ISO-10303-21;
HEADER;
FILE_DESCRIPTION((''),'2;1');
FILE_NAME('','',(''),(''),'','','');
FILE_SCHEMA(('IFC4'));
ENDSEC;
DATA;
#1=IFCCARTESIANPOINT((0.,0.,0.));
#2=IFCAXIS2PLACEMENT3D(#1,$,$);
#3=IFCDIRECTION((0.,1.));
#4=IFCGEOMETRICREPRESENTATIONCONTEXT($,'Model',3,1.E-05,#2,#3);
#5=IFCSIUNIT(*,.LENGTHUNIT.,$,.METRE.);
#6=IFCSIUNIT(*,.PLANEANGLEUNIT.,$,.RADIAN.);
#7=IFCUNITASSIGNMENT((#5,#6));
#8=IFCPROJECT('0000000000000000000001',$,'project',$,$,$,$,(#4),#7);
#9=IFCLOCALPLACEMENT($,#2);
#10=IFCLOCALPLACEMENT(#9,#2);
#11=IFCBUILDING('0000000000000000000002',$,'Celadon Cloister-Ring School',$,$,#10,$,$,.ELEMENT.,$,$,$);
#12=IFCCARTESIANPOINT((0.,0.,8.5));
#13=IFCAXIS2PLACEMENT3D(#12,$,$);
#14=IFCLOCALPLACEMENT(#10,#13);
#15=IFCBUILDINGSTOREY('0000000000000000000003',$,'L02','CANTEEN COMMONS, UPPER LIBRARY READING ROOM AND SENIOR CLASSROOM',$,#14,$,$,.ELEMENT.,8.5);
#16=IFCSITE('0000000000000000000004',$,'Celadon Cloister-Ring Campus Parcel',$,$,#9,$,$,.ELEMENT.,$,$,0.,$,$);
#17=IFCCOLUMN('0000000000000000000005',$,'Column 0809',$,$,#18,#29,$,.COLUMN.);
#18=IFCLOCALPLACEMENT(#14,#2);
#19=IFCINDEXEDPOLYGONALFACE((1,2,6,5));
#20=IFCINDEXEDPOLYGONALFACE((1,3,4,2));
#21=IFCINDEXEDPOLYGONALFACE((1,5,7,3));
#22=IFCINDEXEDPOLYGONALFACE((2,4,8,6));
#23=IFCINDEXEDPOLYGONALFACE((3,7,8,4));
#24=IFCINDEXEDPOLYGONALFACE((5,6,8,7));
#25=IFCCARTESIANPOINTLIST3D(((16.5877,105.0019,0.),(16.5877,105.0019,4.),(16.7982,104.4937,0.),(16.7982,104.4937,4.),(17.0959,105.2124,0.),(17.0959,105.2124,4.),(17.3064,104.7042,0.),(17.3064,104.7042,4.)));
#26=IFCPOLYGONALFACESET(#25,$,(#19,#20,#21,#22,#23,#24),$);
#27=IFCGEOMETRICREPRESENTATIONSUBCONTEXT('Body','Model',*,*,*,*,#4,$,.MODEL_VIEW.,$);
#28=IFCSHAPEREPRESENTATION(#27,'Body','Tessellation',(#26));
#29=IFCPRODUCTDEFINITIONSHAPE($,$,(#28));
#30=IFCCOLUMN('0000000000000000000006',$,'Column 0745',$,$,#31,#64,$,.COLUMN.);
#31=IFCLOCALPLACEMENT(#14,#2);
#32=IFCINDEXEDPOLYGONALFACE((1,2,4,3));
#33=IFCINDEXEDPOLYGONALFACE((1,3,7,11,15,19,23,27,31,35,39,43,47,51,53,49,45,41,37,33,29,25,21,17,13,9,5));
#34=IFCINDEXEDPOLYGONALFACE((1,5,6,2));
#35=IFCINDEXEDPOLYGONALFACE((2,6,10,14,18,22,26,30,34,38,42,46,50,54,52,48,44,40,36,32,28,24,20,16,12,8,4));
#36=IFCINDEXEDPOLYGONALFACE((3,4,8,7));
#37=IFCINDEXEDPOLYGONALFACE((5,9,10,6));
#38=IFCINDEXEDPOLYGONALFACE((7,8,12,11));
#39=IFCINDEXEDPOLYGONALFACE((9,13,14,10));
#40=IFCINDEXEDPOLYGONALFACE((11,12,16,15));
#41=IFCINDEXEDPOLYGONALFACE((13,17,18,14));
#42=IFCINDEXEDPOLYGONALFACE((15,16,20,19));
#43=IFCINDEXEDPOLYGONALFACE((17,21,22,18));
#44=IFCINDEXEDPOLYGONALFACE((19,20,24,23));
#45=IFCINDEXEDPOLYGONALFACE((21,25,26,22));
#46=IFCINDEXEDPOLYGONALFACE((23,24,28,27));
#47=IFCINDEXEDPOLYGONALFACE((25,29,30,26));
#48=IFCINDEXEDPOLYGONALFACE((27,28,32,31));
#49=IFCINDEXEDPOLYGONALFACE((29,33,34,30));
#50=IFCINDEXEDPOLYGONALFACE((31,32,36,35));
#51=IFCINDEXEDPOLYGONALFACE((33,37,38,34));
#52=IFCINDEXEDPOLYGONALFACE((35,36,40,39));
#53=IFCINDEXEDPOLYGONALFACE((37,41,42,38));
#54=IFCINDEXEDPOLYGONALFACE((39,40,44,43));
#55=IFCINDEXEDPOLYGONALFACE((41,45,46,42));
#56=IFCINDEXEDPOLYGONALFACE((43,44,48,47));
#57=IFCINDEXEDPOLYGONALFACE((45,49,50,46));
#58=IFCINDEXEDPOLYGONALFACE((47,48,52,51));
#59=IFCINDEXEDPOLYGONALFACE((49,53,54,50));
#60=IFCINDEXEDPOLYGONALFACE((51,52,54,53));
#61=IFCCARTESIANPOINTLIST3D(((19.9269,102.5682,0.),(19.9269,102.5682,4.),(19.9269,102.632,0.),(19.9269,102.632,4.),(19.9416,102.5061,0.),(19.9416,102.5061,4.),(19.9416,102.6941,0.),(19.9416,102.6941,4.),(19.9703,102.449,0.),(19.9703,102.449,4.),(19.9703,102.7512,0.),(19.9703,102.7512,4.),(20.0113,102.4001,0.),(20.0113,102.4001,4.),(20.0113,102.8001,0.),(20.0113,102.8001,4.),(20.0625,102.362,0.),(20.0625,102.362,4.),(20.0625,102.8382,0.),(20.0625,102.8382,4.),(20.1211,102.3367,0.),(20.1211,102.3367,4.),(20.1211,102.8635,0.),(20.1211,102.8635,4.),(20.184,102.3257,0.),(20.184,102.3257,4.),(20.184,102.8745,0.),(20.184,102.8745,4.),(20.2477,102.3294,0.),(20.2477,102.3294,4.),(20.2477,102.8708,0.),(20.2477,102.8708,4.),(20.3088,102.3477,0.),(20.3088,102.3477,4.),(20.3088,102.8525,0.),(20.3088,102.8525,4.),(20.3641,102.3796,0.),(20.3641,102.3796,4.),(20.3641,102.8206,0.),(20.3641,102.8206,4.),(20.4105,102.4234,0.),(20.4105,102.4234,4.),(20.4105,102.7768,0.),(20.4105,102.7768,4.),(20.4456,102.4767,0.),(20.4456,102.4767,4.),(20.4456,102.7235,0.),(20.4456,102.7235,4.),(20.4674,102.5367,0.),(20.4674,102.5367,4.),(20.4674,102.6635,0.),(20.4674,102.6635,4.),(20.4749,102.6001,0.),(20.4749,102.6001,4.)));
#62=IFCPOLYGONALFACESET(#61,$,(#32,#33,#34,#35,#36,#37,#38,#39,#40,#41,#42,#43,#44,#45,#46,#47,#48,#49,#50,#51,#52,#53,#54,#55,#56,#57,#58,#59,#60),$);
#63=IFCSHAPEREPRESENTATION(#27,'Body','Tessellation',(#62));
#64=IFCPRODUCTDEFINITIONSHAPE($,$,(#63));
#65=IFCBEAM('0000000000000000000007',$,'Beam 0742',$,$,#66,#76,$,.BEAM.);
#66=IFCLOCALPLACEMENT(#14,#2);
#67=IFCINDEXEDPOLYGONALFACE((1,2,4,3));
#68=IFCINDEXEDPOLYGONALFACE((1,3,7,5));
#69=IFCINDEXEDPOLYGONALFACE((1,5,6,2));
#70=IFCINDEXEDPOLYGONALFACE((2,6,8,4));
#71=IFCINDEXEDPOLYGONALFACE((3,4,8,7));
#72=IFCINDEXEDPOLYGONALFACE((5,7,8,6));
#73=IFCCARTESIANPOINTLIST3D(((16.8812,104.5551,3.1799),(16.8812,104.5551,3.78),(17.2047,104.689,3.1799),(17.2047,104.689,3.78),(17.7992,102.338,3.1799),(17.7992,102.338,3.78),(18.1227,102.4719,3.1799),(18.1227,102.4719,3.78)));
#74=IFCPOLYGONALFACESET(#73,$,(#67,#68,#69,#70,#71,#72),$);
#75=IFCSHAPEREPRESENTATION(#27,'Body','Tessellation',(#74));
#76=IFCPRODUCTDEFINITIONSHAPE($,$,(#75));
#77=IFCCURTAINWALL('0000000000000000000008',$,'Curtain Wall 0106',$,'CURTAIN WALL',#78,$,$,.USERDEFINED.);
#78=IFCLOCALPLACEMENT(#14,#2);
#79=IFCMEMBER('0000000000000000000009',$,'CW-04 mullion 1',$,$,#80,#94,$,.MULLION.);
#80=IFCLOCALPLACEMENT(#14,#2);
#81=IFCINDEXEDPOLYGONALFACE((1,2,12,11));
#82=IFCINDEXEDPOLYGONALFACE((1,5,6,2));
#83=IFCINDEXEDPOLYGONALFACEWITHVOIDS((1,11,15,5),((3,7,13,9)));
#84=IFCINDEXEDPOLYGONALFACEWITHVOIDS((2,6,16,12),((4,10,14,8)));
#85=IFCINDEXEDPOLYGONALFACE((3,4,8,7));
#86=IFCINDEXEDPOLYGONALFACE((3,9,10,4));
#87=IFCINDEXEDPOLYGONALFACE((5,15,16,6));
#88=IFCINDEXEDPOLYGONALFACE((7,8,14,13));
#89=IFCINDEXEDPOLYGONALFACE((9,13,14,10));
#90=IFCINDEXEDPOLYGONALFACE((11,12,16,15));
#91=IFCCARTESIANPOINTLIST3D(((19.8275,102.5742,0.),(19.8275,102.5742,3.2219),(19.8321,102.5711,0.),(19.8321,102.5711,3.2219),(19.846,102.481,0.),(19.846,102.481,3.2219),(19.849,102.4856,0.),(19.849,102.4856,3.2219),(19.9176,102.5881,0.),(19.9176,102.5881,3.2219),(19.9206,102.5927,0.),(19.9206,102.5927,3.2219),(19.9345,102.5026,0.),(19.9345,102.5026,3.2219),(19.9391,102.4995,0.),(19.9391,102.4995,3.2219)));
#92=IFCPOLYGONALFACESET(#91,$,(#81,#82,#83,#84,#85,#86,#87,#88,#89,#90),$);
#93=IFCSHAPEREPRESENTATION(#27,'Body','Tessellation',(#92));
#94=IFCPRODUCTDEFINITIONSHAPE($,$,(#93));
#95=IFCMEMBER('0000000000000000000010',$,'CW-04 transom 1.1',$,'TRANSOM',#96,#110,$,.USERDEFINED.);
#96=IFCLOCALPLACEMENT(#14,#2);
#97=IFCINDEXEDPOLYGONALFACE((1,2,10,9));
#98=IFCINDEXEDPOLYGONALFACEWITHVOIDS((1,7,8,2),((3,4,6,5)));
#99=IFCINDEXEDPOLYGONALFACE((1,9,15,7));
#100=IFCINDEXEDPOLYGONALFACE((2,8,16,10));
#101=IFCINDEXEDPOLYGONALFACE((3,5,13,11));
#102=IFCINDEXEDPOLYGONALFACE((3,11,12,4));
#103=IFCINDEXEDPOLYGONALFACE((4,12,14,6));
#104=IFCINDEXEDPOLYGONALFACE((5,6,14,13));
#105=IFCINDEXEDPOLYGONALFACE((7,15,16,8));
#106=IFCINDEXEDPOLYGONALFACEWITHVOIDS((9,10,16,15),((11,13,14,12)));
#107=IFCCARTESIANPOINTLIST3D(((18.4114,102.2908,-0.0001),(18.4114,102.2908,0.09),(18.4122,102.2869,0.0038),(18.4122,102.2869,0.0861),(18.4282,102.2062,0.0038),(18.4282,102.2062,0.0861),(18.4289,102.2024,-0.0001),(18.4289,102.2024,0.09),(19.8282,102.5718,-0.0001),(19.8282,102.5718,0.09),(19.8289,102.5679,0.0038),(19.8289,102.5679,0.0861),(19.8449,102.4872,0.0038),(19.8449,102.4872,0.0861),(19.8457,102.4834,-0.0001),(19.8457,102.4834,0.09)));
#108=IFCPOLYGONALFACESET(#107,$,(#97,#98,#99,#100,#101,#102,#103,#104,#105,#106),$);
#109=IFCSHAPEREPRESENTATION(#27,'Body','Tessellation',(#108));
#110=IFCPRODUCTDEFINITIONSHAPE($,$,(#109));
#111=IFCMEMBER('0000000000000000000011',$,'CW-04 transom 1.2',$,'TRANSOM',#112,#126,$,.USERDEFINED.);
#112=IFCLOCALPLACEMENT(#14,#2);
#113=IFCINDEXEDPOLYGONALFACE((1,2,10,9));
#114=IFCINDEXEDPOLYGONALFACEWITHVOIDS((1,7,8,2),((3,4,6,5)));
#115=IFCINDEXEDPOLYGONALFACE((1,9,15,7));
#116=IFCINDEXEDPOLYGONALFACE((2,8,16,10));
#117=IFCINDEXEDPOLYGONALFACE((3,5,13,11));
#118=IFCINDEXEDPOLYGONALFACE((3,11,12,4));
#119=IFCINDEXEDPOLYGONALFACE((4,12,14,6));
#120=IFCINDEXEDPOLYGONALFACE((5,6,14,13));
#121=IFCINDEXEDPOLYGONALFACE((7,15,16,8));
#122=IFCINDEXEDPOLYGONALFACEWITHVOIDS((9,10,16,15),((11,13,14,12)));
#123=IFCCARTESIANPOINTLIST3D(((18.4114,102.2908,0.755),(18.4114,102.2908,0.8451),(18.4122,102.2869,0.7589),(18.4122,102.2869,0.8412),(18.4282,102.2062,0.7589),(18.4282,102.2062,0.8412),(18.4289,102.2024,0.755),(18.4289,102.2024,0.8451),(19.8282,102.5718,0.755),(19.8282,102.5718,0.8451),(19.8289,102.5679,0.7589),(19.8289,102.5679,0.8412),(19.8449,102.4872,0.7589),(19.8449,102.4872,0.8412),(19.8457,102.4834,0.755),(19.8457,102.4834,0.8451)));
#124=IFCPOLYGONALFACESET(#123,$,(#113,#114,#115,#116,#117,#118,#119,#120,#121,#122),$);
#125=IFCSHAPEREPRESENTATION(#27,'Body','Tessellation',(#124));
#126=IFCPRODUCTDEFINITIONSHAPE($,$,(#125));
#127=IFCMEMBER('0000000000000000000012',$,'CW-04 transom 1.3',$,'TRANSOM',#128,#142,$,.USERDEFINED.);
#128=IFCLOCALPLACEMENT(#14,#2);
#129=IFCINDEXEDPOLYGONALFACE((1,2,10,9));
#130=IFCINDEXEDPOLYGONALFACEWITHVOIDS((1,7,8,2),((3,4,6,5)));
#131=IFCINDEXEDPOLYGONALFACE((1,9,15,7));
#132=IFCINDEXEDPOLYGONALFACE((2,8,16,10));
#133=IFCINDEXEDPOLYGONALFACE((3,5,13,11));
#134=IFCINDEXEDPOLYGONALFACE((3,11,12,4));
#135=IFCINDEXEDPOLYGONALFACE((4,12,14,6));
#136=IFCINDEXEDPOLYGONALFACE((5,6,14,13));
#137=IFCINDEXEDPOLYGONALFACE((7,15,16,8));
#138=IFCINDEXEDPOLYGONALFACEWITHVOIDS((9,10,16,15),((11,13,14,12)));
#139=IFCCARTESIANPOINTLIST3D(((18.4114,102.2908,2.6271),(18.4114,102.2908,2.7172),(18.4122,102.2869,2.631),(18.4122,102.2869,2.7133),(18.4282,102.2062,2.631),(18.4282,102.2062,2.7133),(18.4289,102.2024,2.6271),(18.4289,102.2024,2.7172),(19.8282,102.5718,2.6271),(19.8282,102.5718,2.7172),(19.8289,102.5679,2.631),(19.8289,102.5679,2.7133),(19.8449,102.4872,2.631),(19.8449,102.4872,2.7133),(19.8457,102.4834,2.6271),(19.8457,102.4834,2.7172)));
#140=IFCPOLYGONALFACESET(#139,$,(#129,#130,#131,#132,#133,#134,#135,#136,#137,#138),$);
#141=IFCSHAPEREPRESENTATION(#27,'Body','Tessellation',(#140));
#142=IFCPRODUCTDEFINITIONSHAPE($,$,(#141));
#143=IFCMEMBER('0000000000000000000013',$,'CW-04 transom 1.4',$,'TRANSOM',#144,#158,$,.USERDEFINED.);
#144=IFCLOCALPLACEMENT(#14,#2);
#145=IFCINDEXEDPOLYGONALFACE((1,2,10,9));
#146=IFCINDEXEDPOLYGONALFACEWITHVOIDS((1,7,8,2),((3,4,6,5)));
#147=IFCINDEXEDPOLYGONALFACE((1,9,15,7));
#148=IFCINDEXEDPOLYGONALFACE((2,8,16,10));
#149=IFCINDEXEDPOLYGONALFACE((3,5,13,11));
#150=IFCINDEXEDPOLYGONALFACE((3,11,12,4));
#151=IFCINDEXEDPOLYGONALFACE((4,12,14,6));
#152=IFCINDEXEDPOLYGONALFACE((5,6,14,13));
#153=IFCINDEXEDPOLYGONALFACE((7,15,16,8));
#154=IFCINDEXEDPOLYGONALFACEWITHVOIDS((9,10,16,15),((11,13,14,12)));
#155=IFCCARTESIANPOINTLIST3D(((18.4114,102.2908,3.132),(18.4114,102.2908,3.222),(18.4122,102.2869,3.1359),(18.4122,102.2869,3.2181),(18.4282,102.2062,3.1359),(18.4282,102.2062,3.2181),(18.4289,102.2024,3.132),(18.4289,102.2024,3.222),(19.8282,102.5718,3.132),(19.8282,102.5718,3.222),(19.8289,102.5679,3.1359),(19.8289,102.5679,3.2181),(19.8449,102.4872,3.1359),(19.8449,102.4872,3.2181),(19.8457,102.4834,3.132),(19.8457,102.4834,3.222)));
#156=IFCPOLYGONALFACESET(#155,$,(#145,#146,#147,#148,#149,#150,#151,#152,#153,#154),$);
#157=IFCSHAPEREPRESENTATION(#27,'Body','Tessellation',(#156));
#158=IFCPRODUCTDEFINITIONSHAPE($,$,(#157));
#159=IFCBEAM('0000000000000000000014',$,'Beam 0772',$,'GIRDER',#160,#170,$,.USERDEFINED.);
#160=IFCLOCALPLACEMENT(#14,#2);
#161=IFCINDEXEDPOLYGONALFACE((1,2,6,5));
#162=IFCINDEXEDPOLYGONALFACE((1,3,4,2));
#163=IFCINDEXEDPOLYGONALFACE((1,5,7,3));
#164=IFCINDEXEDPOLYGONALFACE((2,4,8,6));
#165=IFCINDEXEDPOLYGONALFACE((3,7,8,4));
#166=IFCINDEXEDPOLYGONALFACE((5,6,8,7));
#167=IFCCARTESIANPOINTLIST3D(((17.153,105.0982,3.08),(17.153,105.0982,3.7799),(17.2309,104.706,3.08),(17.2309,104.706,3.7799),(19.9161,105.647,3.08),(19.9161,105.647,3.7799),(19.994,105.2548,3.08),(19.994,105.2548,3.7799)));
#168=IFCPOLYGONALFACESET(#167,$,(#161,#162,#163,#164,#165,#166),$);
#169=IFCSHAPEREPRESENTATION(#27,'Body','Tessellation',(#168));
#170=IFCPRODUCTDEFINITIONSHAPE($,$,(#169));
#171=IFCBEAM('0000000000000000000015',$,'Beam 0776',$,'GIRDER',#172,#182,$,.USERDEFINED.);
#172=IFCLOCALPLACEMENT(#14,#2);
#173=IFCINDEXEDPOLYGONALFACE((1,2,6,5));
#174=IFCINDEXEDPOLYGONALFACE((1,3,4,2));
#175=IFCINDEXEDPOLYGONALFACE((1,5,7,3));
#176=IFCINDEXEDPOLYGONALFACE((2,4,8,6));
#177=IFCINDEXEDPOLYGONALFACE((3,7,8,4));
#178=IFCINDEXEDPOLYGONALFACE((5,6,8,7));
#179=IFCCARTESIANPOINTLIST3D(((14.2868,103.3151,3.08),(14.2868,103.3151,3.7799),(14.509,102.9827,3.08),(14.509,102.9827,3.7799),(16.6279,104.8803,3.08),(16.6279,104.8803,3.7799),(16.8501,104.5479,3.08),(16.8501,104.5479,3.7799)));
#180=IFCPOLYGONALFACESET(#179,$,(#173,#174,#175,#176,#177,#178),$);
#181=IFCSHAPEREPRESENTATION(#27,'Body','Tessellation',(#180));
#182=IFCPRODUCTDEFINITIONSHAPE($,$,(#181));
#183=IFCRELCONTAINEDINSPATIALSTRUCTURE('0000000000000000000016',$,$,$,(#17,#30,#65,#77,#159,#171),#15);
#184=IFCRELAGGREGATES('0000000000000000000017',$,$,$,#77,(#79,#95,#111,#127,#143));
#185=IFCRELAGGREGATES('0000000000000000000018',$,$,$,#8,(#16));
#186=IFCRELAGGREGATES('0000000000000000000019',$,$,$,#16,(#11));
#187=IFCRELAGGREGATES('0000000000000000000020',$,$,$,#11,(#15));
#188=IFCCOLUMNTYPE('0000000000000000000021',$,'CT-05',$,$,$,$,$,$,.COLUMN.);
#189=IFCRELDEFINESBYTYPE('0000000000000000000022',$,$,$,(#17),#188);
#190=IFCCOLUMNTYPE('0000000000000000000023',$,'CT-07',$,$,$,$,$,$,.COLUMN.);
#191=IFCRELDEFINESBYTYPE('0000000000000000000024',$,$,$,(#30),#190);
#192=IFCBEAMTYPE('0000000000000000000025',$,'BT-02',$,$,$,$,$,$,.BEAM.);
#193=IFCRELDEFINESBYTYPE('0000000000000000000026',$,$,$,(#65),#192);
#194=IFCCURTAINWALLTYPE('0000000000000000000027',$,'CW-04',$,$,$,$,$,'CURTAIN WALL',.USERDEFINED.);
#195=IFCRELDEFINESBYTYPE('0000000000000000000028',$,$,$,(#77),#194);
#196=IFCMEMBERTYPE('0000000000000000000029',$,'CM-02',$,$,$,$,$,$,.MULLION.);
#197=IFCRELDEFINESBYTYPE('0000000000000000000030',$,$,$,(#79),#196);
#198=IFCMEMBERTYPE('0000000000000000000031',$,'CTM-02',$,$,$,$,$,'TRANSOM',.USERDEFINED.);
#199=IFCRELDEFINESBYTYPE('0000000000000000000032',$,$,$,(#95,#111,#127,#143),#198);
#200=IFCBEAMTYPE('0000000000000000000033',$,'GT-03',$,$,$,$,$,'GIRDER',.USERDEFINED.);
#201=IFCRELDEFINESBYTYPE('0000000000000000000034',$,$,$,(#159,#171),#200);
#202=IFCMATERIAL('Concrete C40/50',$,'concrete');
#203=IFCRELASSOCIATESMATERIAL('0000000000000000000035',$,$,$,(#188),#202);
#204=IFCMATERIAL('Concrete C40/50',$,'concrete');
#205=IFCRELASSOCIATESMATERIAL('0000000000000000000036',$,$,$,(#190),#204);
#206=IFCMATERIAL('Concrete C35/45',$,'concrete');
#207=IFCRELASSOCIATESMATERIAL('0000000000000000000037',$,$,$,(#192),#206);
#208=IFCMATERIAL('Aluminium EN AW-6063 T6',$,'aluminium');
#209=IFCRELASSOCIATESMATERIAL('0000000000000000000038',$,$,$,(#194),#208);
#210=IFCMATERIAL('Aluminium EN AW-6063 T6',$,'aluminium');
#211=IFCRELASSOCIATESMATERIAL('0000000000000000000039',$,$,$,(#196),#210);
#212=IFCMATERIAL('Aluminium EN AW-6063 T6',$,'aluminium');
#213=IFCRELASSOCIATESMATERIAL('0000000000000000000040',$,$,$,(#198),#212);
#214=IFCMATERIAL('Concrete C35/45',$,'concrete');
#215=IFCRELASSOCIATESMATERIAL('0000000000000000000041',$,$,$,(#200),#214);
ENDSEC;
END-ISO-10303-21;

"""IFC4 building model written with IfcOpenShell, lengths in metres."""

from ifc_helpers import new_model, si_unit, direction, frame, origin, origin_2d, place, context, subcontext, project, spatial, rectangle, hollow_rectangle, circle, extrude, material, material_profile, profile_set, type_object, element, aggregate, save


model = new_model("IFC4")

# Units and contexts
model_context = context("Model", 3, precision=1e-05, world=origin(), true_north=direction((0.0, 1.0)))
body_context = subcontext(model_context, "Body", "Model", "MODEL_VIEW")
ifc_project = project(units=[si_unit("LENGTHUNIT", "METRE"), si_unit("PLANEANGLEUNIT", "RADIAN")], contexts=[model_context])

# Site, building, storey
site_placement = place(None, origin())
site = spatial("IfcSite", under=ifc_project, at=site_placement, Name="Celadon Cloister-Ring Campus Parcel", CompositionType="ELEMENT", RefElevation=0.0)
building_placement = place(site_placement, origin())
building = spatial("IfcBuilding", under=site, at=building_placement, Name="Celadon Cloister-Ring School", CompositionType="ELEMENT")
storey_placement = place(building_placement, frame((0.0, 0.0, 8.5)))
storey = spatial("IfcBuildingStorey", under=building, at=storey_placement, Name="L02", Description="CANTEEN COMMONS, UPPER LIBRARY READING ROOM AND SENIOR CLASSROOM", CompositionType="ELEMENT", Elevation=8.5)

# Columns
ifc_material_1 = material(Name="Concrete C40/50", Category="concrete")
ifc_material_profile_1 = material_profile(ifc_material_1, rectangle(XDim=0.55, YDim=0.55, at=origin_2d()), Name="RC550X550")
ifc_profile_set_1 = profile_set([ifc_material_profile_1], Name="Concrete C40/50")
column_type_1 = type_object("IfcColumnType", Name="CT-05", PredefinedType="COLUMN", material=ifc_profile_set_1)
column_1_placement = place(storey_placement, frame((16.947, 104.853, 0.0), z_axis=(0.0, 0.0, 1.0), x_axis=(-0.382683, 0.92388, 0.0)))
element("IfcColumn", 1, at=column_1_placement, inside=storey, type_object=column_type_1, Name="Column 0809", PredefinedType="COLUMN", context=body_context, shape_type="SweptSolid", body=[
    extrude(rectangle(XDim=0.55, YDim=0.55, at=origin_2d()), origin(), (0.0, 0.0, 1.0), 4.0),
])
ifc_material_2 = material(Name="Concrete C40/50", Category="concrete")
ifc_material_profile_2 = material_profile(ifc_material_2, circle(Radius=0.2749, at=origin_2d()), Name="CIRC550")
ifc_profile_set_2 = profile_set([ifc_material_profile_2], Name="Concrete C40/50")
column_type_2 = type_object("IfcColumnType", Name="CT-07", PredefinedType="COLUMN", material=ifc_profile_set_2)
column_2_placement = place(storey_placement, frame((20.2, 102.6001, 0.0), z_axis=(0.0, 0.0, 1.0), x_axis=(1.0, 0.0, 0.0)))
element("IfcColumn", 2, at=column_2_placement, inside=storey, type_object=column_type_2, Name="Column 0745", PredefinedType="COLUMN", context=body_context, shape_type="SweptSolid", body=[
    extrude(circle(Radius=0.2749, at=origin_2d()), origin(), (0.0, 0.0, 1.0), 4.0),
])

# Beam
ifc_material_3 = material(Name="Concrete C35/45", Category="concrete")
ifc_material_profile_3 = material_profile(ifc_material_3, rectangle(XDim=0.3501, YDim=0.6001, at=origin_2d()), Name="RC350X600")
ifc_profile_set_3 = profile_set([ifc_material_profile_3], Name="Concrete C35/45")
beam_type_1 = type_object("IfcBeamType", Name="BT-02", PredefinedType="BEAM", material=ifc_profile_set_3)
beam_1_placement = place(storey_placement, frame((17.043, 104.6221, 3.48), z_axis=(0.382555, -0.923933, 0.0), x_axis=(0.923933, 0.382555, 0.0)))
element("IfcBeam", 3, at=beam_1_placement, inside=storey, type_object=beam_type_1, Name="Beam 0742", PredefinedType="BEAM", context=body_context, shape_type="SweptSolid", body=[
    extrude(rectangle(XDim=0.3501, YDim=0.6001, at=origin_2d()), origin(), (0.0, 0.0, 1.0), 2.3997),
])

# Curtain wall, members
ifc_material_4 = material(Name="Aluminium EN AW-6063 T6", Category="aluminium")
curtain_wall_type = type_object("IfcCurtainWallType", Name="CW-04", ElementType="CURTAIN WALL", PredefinedType="USERDEFINED", material=ifc_material_4)
curtain_wall_placement = place(storey_placement, origin())
curtain_wall = element("IfcCurtainWall", 4, at=curtain_wall_placement, inside=storey, type_object=curtain_wall_type, Name="Curtain Wall 0106", ObjectType="CURTAIN WALL", PredefinedType="USERDEFINED")
ifc_material_5 = material(Name="Aluminium EN AW-6063 T6", Category="aluminium")
ifc_material_profile_4 = material_profile(ifc_material_5, hollow_rectangle(XDim=0.095, YDim=0.095, WallThickness=0.0039, at=origin_2d()), Name="RHS95X95X4")
ifc_profile_set_4 = profile_set([ifc_material_profile_4], Name="Aluminium EN AW-6063 T6")
member_type_1 = type_object("IfcMemberType", Name="CM-02", PredefinedType="MULLION", material=ifc_profile_set_4)
member_1_placement = place(storey_placement, frame((19.8833, 102.5369, 0.0), z_axis=(0.0, 0.0, 1.0), x_axis=(0.194586, -0.980885, 0.0)))
member_1 = element("IfcMember", 5, at=member_1_placement, type_object=member_type_1, Name="CW-04 mullion 1", PredefinedType="MULLION", context=body_context, shape_type="SweptSolid", body=[
    extrude(hollow_rectangle(XDim=0.095, YDim=0.095, WallThickness=0.0039, at=origin_2d()), origin(), (0.0, 0.0, 1.0), 3.2219),
])
ifc_material_6 = material(Name="Aluminium EN AW-6063 T6", Category="aluminium")
ifc_material_profile_5 = material_profile(ifc_material_6, hollow_rectangle(XDim=0.0901, YDim=0.0901, WallThickness=0.0039, at=origin_2d()), Name="RHS90X90X4")
ifc_profile_set_5 = profile_set([ifc_material_profile_5], Name="Aluminium EN AW-6063 T6")
member_type_2 = type_object("IfcMemberType", Name="CTM-02", ElementType="TRANSOM", PredefinedType="USERDEFINED", material=ifc_profile_set_5)
member_2_placement = place(storey_placement, frame((19.8369, 102.5276, 0.0449), z_axis=(-0.980891, -0.194556, 0.0), x_axis=(0.194556, -0.980891, 0.0)))
member_2 = element("IfcMember", 6, at=member_2_placement, type_object=member_type_2, Name="CW-04 transom 1.1", ObjectType="TRANSOM", PredefinedType="USERDEFINED", context=body_context, shape_type="SweptSolid", body=[
    extrude(hollow_rectangle(XDim=0.0901, YDim=0.0901, WallThickness=0.0039, at=origin_2d()), origin(), (0.0, 0.0, 1.0), 1.4443),
])
member_3_placement = place(storey_placement, frame((19.8369, 102.5276, 0.8), z_axis=(-0.980891, -0.194556, 0.0), x_axis=(0.194556, -0.980891, 0.0)))
member_3 = element("IfcMember", 7, at=member_3_placement, type_object=member_type_2, Name="CW-04 transom 1.2", ObjectType="TRANSOM", PredefinedType="USERDEFINED", context=body_context, shape_type="SweptSolid", body=[
    extrude(hollow_rectangle(XDim=0.0901, YDim=0.0901, WallThickness=0.0039, at=origin_2d()), origin(), (0.0, 0.0, 1.0), 1.4443),
])
member_4_placement = place(storey_placement, frame((19.8369, 102.5276, 2.6721), z_axis=(-0.980891, -0.194556, 0.0), x_axis=(0.194556, -0.980891, 0.0)))
member_4 = element("IfcMember", 8, at=member_4_placement, type_object=member_type_2, Name="CW-04 transom 1.3", ObjectType="TRANSOM", PredefinedType="USERDEFINED", context=body_context, shape_type="SweptSolid", body=[
    extrude(hollow_rectangle(XDim=0.0901, YDim=0.0901, WallThickness=0.0039, at=origin_2d()), origin(), (0.0, 0.0, 1.0), 1.4443),
])
member_5_placement = place(storey_placement, frame((19.8369, 102.5276, 3.177), z_axis=(-0.980891, -0.194556, 0.0), x_axis=(0.194556, -0.980891, 0.0)))
member_5 = element("IfcMember", 9, at=member_5_placement, type_object=member_type_2, Name="CW-04 transom 1.4", ObjectType="TRANSOM", PredefinedType="USERDEFINED", context=body_context, shape_type="SweptSolid", body=[
    extrude(hollow_rectangle(XDim=0.0901, YDim=0.0901, WallThickness=0.0039, at=origin_2d()), origin(), (0.0, 0.0, 1.0), 1.4443),
])

# Beams
ifc_material_7 = material(Name="Concrete C35/45", Category="concrete")
ifc_material_profile_6 = material_profile(ifc_material_7, rectangle(XDim=0.3999, YDim=0.7, at=origin_2d()), Name="RC400X700")
ifc_profile_set_6 = profile_set([ifc_material_profile_6], Name="Concrete C35/45")
beam_type_2 = type_object("IfcBeamType", Name="GT-03", ElementType="GIRDER", PredefinedType="USERDEFINED", material=ifc_profile_set_6)
beam_2_placement = place(storey_placement, frame((19.9551, 105.4509, 3.4299), z_axis=(-0.98084, -0.194816, 0.0), x_axis=(0.194816, -0.98084, 0.0)))
element("IfcBeam", 10, at=beam_2_placement, inside=storey, type_object=beam_type_2, Name="Beam 0772", ObjectType="GIRDER", PredefinedType="USERDEFINED", context=body_context, shape_type="SweptSolid", body=[
    extrude(rectangle(XDim=0.3999, YDim=0.7, at=origin_2d()), origin(), (0.0, 0.0, 1.0), 2.8171),
])
beam_3_placement = place(storey_placement, frame((16.739, 104.7141, 3.4299), z_axis=(-0.831316, -0.5558, 0.0), x_axis=(0.5558, -0.831316, 0.0)))
element("IfcBeam", 11, at=beam_3_placement, inside=storey, type_object=beam_type_2, Name="Beam 0776", ObjectType="GIRDER", PredefinedType="USERDEFINED", context=body_context, shape_type="SweptSolid", body=[
    extrude(rectangle(XDim=0.3999, YDim=0.7, at=origin_2d()), origin(), (0.0, 0.0, 1.0), 2.8162),
])

aggregate(curtain_wall, [member_1, member_2, member_3, member_4, member_5])

save(model, "model.ifc")
